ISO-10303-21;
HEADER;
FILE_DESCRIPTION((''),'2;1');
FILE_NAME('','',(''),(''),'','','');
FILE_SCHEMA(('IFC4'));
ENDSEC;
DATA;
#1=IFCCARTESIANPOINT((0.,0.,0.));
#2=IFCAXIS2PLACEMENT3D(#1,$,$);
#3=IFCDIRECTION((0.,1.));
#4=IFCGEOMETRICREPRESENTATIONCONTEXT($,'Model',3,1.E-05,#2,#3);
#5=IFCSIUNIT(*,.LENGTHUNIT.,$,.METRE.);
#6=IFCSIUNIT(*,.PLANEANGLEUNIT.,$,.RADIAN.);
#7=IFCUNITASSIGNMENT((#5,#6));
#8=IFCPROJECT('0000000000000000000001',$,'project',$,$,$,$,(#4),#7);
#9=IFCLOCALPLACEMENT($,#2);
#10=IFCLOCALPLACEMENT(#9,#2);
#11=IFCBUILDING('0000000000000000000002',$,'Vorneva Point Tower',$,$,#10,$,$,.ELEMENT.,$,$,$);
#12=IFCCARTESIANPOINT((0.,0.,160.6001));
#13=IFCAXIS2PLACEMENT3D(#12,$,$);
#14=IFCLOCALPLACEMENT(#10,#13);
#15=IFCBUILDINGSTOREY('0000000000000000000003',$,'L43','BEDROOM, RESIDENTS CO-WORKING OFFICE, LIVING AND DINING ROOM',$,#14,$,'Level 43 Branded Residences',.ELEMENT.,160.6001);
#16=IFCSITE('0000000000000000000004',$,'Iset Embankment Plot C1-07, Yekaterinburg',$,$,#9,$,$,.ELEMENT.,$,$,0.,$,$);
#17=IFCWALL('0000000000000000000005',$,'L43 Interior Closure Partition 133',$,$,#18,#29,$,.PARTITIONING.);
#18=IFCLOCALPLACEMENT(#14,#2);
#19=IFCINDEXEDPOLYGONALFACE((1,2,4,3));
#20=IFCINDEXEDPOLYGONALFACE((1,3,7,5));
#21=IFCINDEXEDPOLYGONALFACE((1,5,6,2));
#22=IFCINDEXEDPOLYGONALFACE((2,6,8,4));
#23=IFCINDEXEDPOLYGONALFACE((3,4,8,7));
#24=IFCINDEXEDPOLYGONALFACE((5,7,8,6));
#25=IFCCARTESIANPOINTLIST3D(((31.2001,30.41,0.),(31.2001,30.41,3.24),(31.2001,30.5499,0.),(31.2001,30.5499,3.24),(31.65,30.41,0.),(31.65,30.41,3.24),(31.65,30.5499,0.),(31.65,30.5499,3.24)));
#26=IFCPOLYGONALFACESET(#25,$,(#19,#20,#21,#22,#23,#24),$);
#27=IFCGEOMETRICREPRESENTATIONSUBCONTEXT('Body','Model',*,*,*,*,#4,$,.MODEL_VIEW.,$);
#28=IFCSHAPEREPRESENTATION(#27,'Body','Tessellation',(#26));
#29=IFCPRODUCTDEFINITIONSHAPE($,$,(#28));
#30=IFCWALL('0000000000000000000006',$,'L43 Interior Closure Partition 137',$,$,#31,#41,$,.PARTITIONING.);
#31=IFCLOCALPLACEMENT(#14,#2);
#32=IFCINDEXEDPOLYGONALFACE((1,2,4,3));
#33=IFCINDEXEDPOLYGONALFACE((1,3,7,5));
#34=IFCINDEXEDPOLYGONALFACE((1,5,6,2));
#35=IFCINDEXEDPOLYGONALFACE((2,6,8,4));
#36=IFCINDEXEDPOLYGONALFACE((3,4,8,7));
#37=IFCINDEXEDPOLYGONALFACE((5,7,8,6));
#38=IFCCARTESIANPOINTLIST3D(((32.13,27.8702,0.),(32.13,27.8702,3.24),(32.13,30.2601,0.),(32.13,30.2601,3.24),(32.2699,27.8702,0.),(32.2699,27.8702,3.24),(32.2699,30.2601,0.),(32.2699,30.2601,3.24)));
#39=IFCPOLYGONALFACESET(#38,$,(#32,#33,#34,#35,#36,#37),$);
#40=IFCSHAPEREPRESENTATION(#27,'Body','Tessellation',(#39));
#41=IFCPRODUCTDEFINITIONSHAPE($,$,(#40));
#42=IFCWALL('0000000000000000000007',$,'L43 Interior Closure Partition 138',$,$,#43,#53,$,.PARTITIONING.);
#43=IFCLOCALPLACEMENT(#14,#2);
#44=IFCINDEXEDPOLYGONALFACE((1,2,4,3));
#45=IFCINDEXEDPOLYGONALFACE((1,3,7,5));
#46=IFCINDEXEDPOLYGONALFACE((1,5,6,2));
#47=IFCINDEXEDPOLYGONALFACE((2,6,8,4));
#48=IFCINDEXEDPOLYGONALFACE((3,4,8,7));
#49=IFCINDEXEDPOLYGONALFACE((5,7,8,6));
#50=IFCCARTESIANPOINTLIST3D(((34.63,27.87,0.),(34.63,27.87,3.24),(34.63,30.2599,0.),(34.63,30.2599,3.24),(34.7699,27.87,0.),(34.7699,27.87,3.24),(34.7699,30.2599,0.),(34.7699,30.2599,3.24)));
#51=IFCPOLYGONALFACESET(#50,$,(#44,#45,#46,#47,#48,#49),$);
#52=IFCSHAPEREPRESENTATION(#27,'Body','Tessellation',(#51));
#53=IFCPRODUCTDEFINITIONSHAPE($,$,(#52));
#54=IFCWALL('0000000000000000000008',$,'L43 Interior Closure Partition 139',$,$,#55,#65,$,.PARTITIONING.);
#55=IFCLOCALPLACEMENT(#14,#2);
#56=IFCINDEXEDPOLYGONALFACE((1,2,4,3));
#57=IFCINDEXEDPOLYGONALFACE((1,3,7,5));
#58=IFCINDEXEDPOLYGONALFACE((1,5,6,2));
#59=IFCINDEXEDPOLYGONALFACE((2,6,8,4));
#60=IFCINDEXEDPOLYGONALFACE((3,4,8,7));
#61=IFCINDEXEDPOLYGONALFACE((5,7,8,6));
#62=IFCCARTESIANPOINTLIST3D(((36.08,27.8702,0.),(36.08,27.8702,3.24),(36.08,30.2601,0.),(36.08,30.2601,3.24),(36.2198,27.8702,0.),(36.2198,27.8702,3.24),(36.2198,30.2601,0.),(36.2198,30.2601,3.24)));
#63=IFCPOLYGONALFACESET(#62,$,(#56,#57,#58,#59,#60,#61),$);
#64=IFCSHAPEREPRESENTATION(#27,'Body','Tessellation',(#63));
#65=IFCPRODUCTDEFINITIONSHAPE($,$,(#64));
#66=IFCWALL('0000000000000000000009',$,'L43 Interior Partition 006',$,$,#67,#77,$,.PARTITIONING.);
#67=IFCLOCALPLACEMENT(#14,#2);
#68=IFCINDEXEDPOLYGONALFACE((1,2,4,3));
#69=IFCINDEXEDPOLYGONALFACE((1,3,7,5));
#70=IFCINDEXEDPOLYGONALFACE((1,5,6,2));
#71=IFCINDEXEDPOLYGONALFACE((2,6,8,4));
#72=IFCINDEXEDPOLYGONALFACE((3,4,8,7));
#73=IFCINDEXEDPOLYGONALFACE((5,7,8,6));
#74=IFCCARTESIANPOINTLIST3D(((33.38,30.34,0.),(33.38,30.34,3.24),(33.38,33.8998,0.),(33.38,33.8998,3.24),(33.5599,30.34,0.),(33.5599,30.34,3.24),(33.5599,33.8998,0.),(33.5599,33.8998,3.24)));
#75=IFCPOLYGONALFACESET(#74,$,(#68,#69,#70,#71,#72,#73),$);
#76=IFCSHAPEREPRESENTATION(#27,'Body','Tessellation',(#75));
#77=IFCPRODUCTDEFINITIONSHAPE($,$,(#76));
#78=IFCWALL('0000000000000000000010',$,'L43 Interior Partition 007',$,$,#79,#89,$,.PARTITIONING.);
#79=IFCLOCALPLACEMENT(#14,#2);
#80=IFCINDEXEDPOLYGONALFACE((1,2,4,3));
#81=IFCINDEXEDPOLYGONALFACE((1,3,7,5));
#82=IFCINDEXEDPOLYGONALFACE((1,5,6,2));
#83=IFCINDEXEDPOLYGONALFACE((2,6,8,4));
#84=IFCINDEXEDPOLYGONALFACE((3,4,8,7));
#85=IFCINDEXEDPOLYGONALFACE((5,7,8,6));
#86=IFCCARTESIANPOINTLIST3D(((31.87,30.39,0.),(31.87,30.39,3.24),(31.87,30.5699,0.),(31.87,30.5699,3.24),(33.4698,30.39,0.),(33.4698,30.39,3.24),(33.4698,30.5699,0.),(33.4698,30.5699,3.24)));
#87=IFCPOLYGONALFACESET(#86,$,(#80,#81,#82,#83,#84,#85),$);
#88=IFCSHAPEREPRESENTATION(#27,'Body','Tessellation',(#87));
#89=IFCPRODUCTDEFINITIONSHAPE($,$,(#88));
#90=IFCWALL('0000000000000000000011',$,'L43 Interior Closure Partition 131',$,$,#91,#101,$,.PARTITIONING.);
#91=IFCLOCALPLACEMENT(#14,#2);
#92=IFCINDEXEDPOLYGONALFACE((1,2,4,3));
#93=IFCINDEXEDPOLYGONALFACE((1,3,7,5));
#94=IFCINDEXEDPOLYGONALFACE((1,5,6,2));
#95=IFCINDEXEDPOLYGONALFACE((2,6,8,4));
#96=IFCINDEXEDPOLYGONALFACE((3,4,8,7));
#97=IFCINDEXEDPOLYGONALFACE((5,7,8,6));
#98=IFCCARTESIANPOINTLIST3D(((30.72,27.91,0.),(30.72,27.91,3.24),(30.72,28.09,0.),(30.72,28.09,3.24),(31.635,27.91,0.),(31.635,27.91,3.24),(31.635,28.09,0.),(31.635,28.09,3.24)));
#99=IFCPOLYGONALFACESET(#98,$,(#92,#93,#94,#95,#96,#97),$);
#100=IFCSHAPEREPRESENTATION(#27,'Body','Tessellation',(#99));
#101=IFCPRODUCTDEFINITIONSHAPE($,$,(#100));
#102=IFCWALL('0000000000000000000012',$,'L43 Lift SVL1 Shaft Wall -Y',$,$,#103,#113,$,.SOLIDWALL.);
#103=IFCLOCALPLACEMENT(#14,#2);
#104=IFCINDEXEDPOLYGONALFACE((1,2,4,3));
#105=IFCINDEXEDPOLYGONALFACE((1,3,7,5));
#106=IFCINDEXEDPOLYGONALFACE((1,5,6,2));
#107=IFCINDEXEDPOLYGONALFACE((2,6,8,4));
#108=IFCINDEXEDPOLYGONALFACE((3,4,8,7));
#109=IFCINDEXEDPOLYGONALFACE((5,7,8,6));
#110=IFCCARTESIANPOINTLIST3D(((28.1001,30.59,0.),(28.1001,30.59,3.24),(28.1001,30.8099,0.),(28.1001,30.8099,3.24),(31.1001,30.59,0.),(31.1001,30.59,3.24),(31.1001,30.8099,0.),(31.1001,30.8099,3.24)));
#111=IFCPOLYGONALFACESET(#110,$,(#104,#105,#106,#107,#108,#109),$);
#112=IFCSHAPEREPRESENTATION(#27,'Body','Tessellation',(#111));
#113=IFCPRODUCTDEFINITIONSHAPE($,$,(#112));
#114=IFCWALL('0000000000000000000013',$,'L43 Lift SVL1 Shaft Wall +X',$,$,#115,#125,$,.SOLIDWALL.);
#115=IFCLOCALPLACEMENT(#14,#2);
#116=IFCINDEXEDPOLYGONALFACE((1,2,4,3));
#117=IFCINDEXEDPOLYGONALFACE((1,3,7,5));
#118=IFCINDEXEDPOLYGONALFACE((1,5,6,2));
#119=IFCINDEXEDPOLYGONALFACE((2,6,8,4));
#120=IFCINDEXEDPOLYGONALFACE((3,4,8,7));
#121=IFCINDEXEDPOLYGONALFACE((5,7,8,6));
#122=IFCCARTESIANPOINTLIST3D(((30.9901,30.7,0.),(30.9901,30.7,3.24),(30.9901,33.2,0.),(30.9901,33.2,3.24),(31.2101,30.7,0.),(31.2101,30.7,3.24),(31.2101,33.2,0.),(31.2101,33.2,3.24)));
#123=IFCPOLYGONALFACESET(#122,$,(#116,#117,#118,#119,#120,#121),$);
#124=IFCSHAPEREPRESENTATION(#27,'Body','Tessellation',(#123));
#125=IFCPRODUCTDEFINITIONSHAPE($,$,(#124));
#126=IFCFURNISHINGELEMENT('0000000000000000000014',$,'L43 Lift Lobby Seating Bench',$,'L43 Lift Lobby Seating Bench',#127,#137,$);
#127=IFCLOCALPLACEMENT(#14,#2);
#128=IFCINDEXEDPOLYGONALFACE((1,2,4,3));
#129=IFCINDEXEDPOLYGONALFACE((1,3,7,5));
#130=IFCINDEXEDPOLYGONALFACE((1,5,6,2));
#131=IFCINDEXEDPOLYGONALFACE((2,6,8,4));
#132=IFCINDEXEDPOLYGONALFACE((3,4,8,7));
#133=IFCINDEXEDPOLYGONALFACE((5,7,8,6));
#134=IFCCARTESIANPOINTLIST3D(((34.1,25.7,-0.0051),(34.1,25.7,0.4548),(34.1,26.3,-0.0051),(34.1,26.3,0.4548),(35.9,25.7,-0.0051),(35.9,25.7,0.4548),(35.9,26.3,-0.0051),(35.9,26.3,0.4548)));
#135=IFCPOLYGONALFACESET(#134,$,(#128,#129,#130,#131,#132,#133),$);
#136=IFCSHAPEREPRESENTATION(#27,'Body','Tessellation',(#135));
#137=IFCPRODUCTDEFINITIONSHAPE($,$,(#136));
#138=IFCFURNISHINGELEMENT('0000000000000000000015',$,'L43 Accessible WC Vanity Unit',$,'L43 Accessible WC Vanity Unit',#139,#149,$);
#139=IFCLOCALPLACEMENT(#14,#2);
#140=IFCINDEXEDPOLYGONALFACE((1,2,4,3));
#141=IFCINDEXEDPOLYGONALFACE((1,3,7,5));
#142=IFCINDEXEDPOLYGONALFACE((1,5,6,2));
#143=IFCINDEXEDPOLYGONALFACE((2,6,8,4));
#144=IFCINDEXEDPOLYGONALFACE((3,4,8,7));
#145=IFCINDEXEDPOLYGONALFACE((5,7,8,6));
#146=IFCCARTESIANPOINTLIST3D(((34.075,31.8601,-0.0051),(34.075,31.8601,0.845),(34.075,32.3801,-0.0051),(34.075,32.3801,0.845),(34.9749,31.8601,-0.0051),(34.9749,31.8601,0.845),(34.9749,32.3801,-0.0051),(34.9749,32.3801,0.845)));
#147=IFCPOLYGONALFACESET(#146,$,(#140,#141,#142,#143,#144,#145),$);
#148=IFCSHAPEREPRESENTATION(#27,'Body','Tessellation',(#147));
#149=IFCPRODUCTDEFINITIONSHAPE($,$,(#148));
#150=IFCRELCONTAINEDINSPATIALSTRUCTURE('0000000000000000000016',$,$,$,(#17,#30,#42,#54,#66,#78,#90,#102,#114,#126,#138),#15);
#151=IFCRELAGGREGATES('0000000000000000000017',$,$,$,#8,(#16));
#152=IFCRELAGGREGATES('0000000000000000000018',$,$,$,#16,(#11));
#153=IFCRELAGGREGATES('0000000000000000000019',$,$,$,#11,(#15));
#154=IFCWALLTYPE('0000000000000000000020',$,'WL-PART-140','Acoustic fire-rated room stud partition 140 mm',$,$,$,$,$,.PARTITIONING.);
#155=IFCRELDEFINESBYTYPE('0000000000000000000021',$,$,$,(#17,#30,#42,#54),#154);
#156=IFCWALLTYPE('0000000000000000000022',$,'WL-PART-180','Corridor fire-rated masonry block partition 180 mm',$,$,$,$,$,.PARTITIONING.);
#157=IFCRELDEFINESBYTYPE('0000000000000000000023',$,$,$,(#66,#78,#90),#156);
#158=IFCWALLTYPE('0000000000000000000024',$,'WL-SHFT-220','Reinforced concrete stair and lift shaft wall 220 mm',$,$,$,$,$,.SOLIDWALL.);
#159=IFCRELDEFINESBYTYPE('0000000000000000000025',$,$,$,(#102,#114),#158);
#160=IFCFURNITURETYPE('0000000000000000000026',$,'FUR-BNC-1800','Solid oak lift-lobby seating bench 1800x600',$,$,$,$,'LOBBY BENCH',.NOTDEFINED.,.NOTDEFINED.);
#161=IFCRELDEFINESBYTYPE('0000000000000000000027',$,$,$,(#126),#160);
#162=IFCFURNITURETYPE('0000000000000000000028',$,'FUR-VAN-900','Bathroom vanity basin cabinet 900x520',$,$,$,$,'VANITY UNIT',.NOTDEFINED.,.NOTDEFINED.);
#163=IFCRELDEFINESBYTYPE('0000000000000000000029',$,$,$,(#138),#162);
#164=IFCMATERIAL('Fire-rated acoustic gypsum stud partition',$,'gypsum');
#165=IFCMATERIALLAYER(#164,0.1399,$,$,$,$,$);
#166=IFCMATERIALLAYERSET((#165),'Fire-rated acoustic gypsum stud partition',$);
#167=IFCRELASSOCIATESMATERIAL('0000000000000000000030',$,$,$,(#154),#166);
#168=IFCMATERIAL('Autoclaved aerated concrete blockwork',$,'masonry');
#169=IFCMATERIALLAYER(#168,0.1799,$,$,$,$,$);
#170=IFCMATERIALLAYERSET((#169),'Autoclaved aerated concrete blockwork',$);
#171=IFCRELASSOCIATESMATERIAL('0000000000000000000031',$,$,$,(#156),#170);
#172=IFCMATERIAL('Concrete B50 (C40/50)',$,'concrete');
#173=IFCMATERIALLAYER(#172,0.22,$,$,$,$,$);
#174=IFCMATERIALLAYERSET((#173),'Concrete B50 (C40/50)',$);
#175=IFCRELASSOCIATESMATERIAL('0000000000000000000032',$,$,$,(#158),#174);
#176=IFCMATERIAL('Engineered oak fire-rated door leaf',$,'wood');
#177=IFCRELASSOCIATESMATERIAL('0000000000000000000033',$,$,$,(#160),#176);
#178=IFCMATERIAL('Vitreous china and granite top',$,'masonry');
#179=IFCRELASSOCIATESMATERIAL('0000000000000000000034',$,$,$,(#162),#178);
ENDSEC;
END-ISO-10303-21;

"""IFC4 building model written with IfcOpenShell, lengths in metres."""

from ifc_helpers import new_model, si_unit, direction, frame, frame_2d, origin, origin_2d, place, context, subcontext, project, spatial, rectangle, extrude, material, layer, layer_set, type_object, element, save


model = new_model("IFC4")

# Units and contexts
model_context = context("Model", 3, precision=1e-05, world=origin(), true_north=direction((0.0, 1.0)))
body_context = subcontext(model_context, "Body", "Model", "MODEL_VIEW")
ifc_project = project(units=[si_unit("LENGTHUNIT", "METRE"), si_unit("PLANEANGLEUNIT", "RADIAN")], contexts=[model_context])

# Site, building, storey
site_placement = place(None, origin())
site = spatial("IfcSite", under=ifc_project, at=site_placement, Name="Iset Embankment Plot C1-07, Yekaterinburg", CompositionType="ELEMENT", RefElevation=0.0)
building_placement = place(site_placement, origin())
building = spatial("IfcBuilding", under=site, at=building_placement, Name="Vorneva Point Tower", CompositionType="ELEMENT")
storey_placement = place(building_placement, frame((0.0, 0.0, 160.6001)))
storey = spatial("IfcBuildingStorey", under=building, at=storey_placement, Name="L43", Description="BEDROOM, RESIDENTS CO-WORKING OFFICE, LIVING AND DINING ROOM", LongName="Level 43 Branded Residences", CompositionType="ELEMENT", Elevation=160.6001)

# Walls
ifc_material_1 = material(Name="Fire-rated acoustic gypsum stud partition", Category="gypsum")
ifc_layer_1 = layer(ifc_material_1, 0.1399)
ifc_layer_set_1 = layer_set([ifc_layer_1], Name="Fire-rated acoustic gypsum stud partition")
wall_type_1 = type_object("IfcWallType", Name="WL-PART-140", Description="Acoustic fire-rated room stud partition 140 mm", PredefinedType="PARTITIONING", material=ifc_layer_set_1)
wall_1_placement = place(storey_placement, frame((31.2, 30.48, 0.0), z_axis=(0.0, 0.0, 1.0), x_axis=(1.0, 0.0, 0.0)))
element("IfcWall", 1, at=wall_1_placement, inside=storey, type_object=wall_type_1, Name="L43 Interior Closure Partition 133", PredefinedType="PARTITIONING", context=body_context, shape_type="SweptSolid", body=[
    extrude(rectangle(XDim=0.45, YDim=0.1399, at=frame_2d((0.2251, 0.0))), origin(), (0.0, 0.0, 1.0), 3.24),
])
for number, where, z_axis, x_axis, name in (
    (2, (32.2, 30.26, 0.0), (0.0, 0.0, 1.0), (0.0, -1.0, 0.0), "L43 Interior Closure Partition 137"),
    (3, (34.7, 27.8701, 0.0), (0.0, 0.0, 1.0), (0.0, 1.0, 0.0), "L43 Interior Closure Partition 138"),
    (4, (36.1499, 30.26, 0.0), (0.0, 0.0, 1.0), (0.0, -1.0, 0.0), "L43 Interior Closure Partition 139"),
):
    element("IfcWall", number, at=place(storey_placement, frame(where, z_axis=z_axis, x_axis=x_axis)), inside=storey, type_object=wall_type_1, Name=name, PredefinedType="PARTITIONING", context=body_context, shape_type="SweptSolid", body=[
        extrude(rectangle(XDim=2.3899, YDim=0.1399, at=frame_2d((1.1948, 0.0))), origin(), (0.0, 0.0, 1.0), 3.24),
    ])

# Shared definitions
ifc_material_2 = material(Name="Autoclaved aerated concrete blockwork", Category="masonry")
ifc_layer_2 = layer(ifc_material_2, 0.1799)
ifc_layer_set_2 = layer_set([ifc_layer_2], Name="Autoclaved aerated concrete blockwork")
wall_type_2 = type_object("IfcWallType", Name="WL-PART-180", Description="Corridor fire-rated masonry block partition 180 mm", PredefinedType="PARTITIONING", material=ifc_layer_set_2)

# Walls
wall_2_placement = place(storey_placement, frame((33.47, 30.3401, 0.0), z_axis=(0.0, 0.0, 1.0), x_axis=(0.0, 1.0, 0.0)))
element("IfcWall", 5, at=wall_2_placement, inside=storey, type_object=wall_type_2, Name="L43 Interior Partition 006", PredefinedType="PARTITIONING", context=body_context, shape_type="SweptSolid", body=[
    extrude(rectangle(XDim=3.5598, YDim=0.1799, at=frame_2d((1.7798, 0.0))), origin(), (0.0, 0.0, 1.0), 3.24),
])
wall_3_placement = place(storey_placement, frame((31.8701, 30.48, 0.0), z_axis=(0.0, 0.0, 1.0), x_axis=(1.0, 0.0, 0.0)))
element("IfcWall", 6, at=wall_3_placement, inside=storey, type_object=wall_type_2, Name="L43 Interior Partition 007", PredefinedType="PARTITIONING", context=body_context, shape_type="SweptSolid", body=[
    extrude(rectangle(XDim=1.5999, YDim=0.1799, at=frame_2d((0.7998, 0.0))), origin(), (0.0, 0.0, 1.0), 3.24),
])

# Shared definitions
ifc_material_3 = material(Name="Engineered oak fire-rated door leaf", Category="wood")

# Walls
wall_4_placement = place(storey_placement, frame((31.635, 28.0, 0.0), z_axis=(0.0, 0.0, 1.0), x_axis=(-1.0, 0.0, 0.0)))
element("IfcWall", 7, at=wall_4_placement, inside=storey, type_object=wall_type_2, Name="L43 Interior Closure Partition 131", PredefinedType="PARTITIONING", context=body_context, shape_type="SweptSolid", body=[
    extrude(rectangle(XDim=0.915, YDim=0.1799, at=frame_2d((0.4575, 0.0))), origin(), (0.0, 0.0, 1.0), 3.24),
])
ifc_material_4 = material(Name="Concrete B50 (C40/50)", Category="concrete")
ifc_layer_3 = layer(ifc_material_4, 0.22)
ifc_layer_set_3 = layer_set([ifc_layer_3], Name="Concrete B50 (C40/50)")
wall_type_3 = type_object("IfcWallType", Name="WL-SHFT-220", Description="Reinforced concrete stair and lift shaft wall 220 mm", PredefinedType="SOLIDWALL", material=ifc_layer_set_3)
wall_5_placement = place(storey_placement, frame((28.1001, 30.7, 0.0), z_axis=(0.0, 0.0, 1.0), x_axis=(1.0, 0.0, 0.0)))
element("IfcWall", 8, at=wall_5_placement, inside=storey, type_object=wall_type_3, Name="L43 Lift SVL1 Shaft Wall -Y", PredefinedType="SOLIDWALL", context=body_context, shape_type="SweptSolid", body=[
    extrude(rectangle(XDim=3.0, YDim=0.22, at=frame_2d((1.5, 0.0))), origin(), (0.0, 0.0, 1.0), 3.24),
])
wall_6_placement = place(storey_placement, frame((31.1001, 30.7, 0.0), z_axis=(0.0, 0.0, 1.0), x_axis=(0.0, 1.0, 0.0)))
element("IfcWall", 9, at=wall_6_placement, inside=storey, type_object=wall_type_3, Name="L43 Lift SVL1 Shaft Wall +X", PredefinedType="SOLIDWALL", context=body_context, shape_type="SweptSolid", body=[
    extrude(rectangle(XDim=2.5, YDim=0.22, at=frame_2d((1.25, 0.0))), origin(), (0.0, 0.0, 1.0), 3.24),
])

# Furnishing elements
furniture_type_1 = type_object("IfcFurnitureType", Name="FUR-BNC-1800", Description="Solid oak lift-lobby seating bench 1800x600", ElementType="LOBBY BENCH", AssemblyPlace="NOTDEFINED", PredefinedType="NOTDEFINED", material=ifc_material_3)
furnishing_1_placement = place(storey_placement, frame((35.0, 26.0, -0.0051), z_axis=(0.0, 0.0, 1.0), x_axis=(1.0, 0.0, 0.0)))
element("IfcFurnishingElement", 10, at=furnishing_1_placement, inside=storey, type_object=furniture_type_1, Name="L43 Lift Lobby Seating Bench", ObjectType="L43 Lift Lobby Seating Bench", context=body_context, shape_type="SweptSolid", body=[
    extrude(rectangle(XDim=1.8, YDim=0.6001, at=origin_2d()), origin(), (0.0, 0.0, 1.0), 0.46),
])
ifc_material_5 = material(Name="Vitreous china and granite top", Category="masonry")
furniture_type_2 = type_object("IfcFurnitureType", Name="FUR-VAN-900", Description="Bathroom vanity basin cabinet 900x520", ElementType="VANITY UNIT", AssemblyPlace="NOTDEFINED", PredefinedType="NOTDEFINED", material=ifc_material_5)
furnishing_2_placement = place(storey_placement, frame((34.5249, 32.1201, -0.0051), z_axis=(0.0, 0.0, 1.0), x_axis=(1.0, 0.0, 0.0)))
element("IfcFurnishingElement", 11, at=furnishing_2_placement, inside=storey, type_object=furniture_type_2, Name="L43 Accessible WC Vanity Unit", ObjectType="L43 Accessible WC Vanity Unit", context=body_context, shape_type="SweptSolid", body=[
    extrude(rectangle(XDim=0.8999, YDim=0.52, at=origin_2d()), origin(), (0.0, 0.0, 1.0), 0.8501),
])

save(model, "model.ifc")
